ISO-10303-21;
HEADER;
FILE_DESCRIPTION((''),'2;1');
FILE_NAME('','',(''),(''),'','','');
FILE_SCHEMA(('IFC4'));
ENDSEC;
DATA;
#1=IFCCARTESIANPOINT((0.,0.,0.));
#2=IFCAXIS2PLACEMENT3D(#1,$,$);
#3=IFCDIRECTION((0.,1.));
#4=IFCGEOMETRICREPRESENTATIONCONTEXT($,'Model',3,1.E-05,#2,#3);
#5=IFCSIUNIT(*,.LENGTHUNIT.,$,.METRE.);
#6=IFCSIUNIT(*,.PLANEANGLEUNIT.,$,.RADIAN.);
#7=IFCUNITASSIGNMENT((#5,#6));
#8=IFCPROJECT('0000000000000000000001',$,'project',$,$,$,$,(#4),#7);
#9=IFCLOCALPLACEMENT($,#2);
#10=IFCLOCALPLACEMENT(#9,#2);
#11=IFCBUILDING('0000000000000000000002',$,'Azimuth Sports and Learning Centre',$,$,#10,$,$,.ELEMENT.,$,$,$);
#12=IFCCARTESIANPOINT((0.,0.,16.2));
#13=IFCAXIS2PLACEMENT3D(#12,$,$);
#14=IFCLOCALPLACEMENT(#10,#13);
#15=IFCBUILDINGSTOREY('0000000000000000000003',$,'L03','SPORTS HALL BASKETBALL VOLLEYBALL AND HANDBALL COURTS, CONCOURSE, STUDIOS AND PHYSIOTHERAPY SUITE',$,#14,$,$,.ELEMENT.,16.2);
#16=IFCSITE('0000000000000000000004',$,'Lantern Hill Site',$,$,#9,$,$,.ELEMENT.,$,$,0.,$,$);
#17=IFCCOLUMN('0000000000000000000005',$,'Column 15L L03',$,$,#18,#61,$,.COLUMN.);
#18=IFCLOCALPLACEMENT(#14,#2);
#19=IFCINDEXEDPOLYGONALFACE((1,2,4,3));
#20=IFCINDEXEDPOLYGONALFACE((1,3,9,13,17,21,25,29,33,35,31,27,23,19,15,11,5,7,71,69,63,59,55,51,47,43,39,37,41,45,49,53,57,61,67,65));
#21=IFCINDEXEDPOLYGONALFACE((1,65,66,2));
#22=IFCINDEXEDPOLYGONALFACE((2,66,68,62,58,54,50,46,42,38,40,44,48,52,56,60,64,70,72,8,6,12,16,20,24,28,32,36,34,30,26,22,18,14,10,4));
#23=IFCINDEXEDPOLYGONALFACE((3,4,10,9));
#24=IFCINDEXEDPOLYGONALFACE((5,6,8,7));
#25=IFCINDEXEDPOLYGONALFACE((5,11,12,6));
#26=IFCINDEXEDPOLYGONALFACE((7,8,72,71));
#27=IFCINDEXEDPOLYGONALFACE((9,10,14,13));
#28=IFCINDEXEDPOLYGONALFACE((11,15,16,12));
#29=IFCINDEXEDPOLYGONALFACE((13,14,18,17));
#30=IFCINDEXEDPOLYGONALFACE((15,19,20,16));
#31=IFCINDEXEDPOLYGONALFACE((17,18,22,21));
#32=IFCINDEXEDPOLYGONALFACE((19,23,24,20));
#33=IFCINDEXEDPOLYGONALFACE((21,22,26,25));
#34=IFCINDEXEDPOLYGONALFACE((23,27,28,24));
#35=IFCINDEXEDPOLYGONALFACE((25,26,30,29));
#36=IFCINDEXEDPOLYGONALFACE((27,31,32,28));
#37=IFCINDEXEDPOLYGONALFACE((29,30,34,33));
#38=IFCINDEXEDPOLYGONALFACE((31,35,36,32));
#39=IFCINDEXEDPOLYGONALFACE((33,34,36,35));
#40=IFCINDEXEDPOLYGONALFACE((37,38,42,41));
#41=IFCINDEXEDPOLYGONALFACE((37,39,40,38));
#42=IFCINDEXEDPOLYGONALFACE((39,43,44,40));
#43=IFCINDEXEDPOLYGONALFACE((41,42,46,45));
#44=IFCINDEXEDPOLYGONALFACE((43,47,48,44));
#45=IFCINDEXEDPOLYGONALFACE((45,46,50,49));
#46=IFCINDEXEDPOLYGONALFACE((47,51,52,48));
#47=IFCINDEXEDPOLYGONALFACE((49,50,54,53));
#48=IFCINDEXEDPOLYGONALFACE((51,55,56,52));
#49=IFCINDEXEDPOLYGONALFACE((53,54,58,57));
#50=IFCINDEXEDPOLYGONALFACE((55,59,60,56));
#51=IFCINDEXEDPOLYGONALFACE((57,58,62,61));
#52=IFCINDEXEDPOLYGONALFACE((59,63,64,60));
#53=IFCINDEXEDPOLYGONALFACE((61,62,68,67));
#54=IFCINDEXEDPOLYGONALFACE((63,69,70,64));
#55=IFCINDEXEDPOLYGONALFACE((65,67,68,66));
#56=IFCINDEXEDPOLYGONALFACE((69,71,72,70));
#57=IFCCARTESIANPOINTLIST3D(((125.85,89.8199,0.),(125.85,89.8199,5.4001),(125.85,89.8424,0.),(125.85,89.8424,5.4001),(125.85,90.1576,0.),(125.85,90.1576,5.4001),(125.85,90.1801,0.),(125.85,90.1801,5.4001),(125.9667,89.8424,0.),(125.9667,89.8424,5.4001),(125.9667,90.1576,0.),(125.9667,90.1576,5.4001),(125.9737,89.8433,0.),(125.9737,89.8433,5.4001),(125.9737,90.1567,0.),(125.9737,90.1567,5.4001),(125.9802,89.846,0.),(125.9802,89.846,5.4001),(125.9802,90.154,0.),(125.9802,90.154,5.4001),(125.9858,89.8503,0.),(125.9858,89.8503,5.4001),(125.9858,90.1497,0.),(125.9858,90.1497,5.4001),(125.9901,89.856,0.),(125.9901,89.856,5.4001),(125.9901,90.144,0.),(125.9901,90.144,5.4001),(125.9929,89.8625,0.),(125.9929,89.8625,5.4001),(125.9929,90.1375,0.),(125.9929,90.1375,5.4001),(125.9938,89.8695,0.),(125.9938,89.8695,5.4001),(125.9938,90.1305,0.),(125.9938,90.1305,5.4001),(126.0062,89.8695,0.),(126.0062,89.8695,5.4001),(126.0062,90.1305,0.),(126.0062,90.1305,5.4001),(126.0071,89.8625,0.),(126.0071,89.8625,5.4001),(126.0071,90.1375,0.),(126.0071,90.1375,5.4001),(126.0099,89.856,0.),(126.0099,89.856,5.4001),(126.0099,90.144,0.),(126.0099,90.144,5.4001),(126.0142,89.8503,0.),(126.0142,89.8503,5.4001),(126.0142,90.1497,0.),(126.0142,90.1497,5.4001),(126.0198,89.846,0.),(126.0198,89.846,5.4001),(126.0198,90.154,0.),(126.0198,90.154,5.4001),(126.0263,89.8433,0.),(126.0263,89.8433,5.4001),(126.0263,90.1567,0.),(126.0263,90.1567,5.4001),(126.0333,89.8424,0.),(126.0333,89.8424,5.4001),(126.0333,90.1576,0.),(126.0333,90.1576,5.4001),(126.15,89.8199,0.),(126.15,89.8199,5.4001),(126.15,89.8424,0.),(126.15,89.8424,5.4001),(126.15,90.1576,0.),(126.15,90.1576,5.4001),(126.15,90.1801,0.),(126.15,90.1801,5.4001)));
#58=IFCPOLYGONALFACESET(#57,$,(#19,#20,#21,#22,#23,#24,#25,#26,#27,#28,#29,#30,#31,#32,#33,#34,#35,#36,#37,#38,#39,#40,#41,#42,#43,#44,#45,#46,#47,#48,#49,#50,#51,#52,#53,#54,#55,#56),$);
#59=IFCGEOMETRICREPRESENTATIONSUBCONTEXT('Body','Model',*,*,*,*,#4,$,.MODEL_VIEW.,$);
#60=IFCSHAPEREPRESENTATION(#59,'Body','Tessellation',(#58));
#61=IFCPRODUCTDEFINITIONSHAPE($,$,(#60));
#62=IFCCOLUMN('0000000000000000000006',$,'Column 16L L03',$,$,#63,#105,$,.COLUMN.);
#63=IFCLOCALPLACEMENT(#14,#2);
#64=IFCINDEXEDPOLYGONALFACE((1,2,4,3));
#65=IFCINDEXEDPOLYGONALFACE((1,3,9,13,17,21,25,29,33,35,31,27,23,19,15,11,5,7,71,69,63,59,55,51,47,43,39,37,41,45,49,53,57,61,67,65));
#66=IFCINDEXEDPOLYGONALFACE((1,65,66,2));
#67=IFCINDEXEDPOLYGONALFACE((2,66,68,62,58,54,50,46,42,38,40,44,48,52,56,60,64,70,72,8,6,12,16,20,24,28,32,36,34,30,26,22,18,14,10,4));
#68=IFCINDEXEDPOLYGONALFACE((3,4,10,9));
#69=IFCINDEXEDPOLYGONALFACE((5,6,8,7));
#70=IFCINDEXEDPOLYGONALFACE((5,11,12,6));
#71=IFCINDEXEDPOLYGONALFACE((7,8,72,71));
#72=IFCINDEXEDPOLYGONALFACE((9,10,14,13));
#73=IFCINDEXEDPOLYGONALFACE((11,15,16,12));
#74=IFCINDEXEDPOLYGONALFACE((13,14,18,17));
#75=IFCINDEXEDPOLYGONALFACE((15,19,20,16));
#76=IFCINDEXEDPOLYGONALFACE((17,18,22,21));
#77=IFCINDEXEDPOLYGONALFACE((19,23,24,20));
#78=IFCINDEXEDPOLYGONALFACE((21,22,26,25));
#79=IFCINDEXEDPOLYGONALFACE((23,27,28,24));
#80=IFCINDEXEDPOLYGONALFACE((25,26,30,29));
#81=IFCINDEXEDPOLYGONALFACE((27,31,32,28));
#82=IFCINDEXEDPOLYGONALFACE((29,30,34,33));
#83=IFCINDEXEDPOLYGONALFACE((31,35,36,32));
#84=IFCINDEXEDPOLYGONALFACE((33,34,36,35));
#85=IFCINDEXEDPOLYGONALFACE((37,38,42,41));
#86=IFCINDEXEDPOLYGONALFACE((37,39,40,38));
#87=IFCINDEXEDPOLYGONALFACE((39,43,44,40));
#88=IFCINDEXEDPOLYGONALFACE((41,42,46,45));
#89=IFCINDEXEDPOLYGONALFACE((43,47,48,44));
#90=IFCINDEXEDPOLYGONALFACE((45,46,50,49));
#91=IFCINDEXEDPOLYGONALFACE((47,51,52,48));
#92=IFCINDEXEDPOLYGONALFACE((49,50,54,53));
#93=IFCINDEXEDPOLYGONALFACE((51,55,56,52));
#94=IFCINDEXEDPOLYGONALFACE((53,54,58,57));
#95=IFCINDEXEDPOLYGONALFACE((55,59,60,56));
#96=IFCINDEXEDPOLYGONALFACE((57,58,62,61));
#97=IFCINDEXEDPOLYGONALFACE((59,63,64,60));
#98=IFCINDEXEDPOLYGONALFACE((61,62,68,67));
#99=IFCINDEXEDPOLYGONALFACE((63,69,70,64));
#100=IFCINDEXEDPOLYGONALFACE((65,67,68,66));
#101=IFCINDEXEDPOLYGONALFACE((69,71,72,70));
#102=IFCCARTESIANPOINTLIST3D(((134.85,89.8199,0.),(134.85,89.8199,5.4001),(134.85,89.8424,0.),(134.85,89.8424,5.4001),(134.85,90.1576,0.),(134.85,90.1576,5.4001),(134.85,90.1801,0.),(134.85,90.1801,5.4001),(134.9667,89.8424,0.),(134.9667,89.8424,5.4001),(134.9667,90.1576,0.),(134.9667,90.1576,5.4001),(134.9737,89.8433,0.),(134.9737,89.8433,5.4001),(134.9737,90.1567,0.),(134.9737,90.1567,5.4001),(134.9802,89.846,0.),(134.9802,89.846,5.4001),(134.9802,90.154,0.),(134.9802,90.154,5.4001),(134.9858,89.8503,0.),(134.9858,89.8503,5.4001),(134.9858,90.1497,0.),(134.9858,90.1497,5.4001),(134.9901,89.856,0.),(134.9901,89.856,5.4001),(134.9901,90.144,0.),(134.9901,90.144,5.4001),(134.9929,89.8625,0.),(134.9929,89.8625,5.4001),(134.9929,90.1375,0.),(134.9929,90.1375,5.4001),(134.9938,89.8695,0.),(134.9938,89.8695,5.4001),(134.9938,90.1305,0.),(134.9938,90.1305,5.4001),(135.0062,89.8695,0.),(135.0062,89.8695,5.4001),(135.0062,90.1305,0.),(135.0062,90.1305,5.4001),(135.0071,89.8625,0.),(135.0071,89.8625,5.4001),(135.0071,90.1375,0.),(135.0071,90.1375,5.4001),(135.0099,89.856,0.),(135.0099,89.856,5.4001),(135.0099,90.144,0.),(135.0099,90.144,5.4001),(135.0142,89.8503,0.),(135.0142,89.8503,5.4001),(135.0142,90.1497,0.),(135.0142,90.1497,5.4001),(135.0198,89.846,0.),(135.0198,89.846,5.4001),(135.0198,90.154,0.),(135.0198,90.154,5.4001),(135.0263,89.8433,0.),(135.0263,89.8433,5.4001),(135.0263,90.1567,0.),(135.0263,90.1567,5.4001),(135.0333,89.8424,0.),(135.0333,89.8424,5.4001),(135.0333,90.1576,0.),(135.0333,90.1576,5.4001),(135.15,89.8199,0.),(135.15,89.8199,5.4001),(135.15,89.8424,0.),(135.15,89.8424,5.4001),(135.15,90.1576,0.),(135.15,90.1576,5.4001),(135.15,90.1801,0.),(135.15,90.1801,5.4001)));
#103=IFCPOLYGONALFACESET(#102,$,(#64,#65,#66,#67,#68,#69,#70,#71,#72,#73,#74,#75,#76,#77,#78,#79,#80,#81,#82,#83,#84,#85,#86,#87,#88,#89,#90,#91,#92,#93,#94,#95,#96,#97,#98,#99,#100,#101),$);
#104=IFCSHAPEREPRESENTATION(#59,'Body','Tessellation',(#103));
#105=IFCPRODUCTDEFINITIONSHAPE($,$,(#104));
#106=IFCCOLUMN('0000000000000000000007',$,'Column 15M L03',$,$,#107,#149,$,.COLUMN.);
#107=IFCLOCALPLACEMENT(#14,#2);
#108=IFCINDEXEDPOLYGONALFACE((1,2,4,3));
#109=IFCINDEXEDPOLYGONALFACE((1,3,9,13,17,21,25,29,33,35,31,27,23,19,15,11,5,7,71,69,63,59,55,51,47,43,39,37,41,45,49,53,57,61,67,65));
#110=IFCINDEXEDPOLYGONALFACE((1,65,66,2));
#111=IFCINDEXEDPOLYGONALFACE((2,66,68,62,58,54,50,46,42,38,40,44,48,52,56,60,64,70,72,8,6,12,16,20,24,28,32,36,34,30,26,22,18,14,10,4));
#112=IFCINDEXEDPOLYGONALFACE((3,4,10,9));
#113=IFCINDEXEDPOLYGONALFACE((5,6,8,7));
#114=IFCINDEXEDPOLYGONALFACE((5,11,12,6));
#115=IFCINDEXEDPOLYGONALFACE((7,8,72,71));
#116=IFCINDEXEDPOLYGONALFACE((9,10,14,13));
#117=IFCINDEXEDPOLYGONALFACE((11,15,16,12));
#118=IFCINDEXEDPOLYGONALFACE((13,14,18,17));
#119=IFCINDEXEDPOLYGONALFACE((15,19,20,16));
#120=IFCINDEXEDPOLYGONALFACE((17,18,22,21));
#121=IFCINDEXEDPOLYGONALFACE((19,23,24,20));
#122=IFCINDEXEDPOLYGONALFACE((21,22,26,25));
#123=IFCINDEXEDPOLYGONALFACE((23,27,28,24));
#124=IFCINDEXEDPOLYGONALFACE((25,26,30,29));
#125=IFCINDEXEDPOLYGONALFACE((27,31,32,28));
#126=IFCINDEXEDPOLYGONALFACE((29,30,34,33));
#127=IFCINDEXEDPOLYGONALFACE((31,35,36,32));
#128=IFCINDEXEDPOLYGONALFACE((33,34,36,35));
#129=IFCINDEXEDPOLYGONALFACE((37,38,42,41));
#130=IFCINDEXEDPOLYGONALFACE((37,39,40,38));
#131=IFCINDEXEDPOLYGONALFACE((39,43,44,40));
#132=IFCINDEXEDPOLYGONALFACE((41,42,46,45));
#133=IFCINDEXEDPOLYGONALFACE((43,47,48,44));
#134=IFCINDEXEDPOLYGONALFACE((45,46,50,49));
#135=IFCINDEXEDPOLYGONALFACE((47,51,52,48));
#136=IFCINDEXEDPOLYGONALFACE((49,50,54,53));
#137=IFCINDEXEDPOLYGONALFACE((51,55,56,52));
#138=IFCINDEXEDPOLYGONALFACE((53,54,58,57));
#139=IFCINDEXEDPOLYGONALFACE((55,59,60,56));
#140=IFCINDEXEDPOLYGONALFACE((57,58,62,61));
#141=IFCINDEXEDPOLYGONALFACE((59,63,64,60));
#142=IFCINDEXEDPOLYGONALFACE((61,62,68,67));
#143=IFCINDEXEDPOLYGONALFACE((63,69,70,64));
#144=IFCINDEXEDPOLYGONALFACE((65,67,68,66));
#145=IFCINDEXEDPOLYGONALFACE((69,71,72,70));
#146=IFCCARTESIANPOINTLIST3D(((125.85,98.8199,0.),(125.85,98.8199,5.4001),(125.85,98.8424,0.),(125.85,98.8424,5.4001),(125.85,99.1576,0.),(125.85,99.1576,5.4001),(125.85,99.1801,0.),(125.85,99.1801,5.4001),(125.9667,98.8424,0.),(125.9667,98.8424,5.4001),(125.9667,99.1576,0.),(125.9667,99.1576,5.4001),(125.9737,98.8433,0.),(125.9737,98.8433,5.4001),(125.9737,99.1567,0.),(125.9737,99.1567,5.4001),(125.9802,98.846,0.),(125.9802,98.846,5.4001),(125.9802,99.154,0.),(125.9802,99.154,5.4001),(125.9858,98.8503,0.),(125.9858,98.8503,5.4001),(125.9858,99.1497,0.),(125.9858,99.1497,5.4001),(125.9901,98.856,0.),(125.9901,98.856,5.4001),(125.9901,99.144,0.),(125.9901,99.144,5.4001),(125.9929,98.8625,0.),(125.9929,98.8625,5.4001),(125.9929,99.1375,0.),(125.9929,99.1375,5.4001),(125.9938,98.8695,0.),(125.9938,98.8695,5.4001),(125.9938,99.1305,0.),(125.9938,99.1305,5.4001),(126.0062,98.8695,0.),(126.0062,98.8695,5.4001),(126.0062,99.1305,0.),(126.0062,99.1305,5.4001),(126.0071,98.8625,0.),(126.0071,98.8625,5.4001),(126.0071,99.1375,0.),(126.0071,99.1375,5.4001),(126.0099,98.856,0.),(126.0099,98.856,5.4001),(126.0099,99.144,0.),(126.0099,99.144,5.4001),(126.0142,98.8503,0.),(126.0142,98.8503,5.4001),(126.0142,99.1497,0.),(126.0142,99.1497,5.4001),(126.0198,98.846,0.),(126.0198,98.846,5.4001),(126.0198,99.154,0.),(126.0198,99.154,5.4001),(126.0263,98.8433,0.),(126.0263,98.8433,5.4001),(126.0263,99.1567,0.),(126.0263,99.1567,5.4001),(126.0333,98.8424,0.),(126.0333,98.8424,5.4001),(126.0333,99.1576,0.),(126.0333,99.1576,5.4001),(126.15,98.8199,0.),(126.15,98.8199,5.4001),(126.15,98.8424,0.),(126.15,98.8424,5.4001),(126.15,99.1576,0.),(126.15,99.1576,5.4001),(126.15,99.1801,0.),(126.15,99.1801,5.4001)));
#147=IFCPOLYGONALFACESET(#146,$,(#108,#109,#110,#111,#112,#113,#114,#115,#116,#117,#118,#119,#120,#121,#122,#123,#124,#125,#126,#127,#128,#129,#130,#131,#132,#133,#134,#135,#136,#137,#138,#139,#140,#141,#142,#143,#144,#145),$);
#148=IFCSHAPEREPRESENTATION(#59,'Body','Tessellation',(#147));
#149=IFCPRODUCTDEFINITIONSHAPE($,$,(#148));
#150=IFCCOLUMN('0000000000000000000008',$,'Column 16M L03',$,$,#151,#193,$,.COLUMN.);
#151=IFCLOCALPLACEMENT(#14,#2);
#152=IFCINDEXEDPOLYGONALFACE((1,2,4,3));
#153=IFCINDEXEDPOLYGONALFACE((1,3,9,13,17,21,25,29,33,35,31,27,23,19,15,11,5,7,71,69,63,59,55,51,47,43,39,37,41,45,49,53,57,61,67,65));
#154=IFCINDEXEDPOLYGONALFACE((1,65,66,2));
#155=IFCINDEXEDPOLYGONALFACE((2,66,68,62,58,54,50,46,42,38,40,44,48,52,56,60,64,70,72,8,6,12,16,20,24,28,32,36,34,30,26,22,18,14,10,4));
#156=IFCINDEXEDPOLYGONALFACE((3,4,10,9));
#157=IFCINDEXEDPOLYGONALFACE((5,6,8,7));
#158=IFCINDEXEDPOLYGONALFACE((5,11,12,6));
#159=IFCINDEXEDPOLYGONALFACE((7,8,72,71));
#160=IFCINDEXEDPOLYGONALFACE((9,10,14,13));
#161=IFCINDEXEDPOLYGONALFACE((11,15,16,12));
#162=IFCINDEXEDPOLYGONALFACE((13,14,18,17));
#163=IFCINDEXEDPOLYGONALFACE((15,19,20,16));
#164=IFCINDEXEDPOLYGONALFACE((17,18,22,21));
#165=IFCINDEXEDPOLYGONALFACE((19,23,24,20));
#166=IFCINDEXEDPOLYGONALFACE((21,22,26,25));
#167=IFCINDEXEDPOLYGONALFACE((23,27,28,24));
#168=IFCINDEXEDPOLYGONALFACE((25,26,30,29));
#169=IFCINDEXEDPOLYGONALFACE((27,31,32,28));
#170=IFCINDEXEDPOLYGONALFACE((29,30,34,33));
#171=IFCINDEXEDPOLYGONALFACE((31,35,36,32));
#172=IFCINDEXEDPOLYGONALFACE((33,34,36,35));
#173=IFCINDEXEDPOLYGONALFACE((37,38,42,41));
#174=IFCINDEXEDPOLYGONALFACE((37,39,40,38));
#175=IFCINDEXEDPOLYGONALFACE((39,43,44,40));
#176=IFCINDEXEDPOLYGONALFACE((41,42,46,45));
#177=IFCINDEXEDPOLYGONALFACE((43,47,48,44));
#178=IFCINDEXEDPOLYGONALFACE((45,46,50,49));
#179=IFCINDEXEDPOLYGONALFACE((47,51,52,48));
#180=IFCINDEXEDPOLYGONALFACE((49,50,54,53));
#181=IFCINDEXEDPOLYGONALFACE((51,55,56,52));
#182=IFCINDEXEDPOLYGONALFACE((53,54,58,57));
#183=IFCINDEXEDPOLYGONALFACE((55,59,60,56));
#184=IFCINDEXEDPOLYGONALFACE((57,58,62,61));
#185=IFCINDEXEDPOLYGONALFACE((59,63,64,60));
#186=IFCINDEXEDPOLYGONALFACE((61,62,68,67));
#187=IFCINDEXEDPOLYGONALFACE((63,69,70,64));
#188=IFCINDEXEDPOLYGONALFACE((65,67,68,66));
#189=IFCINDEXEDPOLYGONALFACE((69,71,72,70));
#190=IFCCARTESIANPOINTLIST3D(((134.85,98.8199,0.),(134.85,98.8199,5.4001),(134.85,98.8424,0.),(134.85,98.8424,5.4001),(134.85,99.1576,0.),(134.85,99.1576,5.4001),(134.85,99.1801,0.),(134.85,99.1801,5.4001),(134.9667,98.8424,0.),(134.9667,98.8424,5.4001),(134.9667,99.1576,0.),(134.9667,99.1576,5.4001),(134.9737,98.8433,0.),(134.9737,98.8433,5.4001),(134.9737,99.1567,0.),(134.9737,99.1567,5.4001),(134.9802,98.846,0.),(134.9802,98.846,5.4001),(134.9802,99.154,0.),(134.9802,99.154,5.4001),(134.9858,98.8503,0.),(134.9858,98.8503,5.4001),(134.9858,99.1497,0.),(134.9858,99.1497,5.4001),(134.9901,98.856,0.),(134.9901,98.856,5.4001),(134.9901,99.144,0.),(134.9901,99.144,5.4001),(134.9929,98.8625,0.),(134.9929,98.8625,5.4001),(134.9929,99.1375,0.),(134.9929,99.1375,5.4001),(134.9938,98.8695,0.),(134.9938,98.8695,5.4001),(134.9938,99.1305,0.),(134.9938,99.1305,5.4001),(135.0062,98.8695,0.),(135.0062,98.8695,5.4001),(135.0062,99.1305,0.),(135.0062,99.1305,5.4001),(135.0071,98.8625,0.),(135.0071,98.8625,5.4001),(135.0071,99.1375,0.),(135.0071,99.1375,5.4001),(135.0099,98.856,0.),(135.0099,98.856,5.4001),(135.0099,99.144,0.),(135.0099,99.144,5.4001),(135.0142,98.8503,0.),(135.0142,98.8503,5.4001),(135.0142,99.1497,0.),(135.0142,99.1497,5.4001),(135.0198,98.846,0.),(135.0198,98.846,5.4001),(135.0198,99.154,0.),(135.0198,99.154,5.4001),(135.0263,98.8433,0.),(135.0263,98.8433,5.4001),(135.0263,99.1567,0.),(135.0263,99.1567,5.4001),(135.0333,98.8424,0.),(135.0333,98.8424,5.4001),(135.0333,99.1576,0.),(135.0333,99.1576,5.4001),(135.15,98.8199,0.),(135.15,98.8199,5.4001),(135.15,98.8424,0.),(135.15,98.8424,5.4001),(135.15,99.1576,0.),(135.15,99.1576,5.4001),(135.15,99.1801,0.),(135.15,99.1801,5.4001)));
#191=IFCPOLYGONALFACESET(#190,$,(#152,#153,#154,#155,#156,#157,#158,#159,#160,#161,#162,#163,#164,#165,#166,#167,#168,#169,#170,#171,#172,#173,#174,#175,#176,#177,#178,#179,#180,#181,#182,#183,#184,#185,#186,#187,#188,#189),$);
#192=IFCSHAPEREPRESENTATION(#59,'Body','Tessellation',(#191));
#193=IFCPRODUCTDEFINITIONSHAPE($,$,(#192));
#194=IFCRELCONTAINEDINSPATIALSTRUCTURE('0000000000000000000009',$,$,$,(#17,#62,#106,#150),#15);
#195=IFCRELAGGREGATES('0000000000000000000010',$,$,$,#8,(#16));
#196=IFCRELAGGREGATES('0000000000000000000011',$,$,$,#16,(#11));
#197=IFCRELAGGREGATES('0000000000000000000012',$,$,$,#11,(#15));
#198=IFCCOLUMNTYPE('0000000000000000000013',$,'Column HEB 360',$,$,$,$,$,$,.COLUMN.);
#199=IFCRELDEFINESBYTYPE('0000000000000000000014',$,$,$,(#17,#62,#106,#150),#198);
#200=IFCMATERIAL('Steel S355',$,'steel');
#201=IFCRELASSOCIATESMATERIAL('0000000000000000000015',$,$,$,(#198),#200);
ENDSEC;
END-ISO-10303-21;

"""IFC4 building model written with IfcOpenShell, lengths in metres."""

from ifc_helpers import new_model, si_unit, direction, frame, origin, origin_2d, place, context, subcontext, project, spatial, i_section, extrude, material, material_profile, profile_set, type_object, element, save


model = new_model("IFC4")

# Units and contexts
model_context = context("Model", 3, precision=1e-05, world=origin(), true_north=direction((0.0, 1.0)))
body_context = subcontext(model_context, "Body", "Model", "MODEL_VIEW")
ifc_project = project(units=[si_unit("LENGTHUNIT", "METRE"), si_unit("PLANEANGLEUNIT", "RADIAN")], contexts=[model_context])

# Site, building, storey
site_placement = place(None, origin())
site = spatial("IfcSite", under=ifc_project, at=site_placement, Name="Lantern Hill Site", CompositionType="ELEMENT", RefElevation=0.0)
building_placement = place(site_placement, origin())
building = spatial("IfcBuilding", under=site, at=building_placement, Name="Azimuth Sports and Learning Centre", CompositionType="ELEMENT")
storey_placement = place(building_placement, frame((0.0, 0.0, 16.2)))
storey = spatial("IfcBuildingStorey", under=building, at=storey_placement, Name="L03", Description="SPORTS HALL BASKETBALL VOLLEYBALL AND HANDBALL COURTS, CONCOURSE, STUDIOS AND PHYSIOTHERAPY SUITE", CompositionType="ELEMENT", Elevation=16.2)

# Columns
ifc_material_1 = material(Name="Steel S355", Category="steel")
ifc_material_profile_1 = material_profile(ifc_material_1, i_section(OverallWidth=0.3, OverallDepth=0.3601, WebThickness=0.0125, FlangeThickness=0.0225, FilletRadius=0.0271, at=origin_2d()), Name="HEB 360")
ifc_profile_set_1 = profile_set([ifc_material_profile_1], Name="Steel S355")
column_type = type_object("IfcColumnType", Name="Column HEB 360", PredefinedType="COLUMN", material=ifc_profile_set_1)
for number, where, z_axis, x_axis, name in (
    (1, (126.0, 90.0, 0.0), (0.0, 0.0, 1.0), (1.0, 0.0, 0.0), "Column 15L L03"),
    (2, (135.0, 90.0, 0.0), (0.0, 0.0, 1.0), (1.0, 0.0, 0.0), "Column 16L L03"),
    (3, (126.0, 99.0, 0.0), (0.0, 0.0, 1.0), (1.0, 0.0, 0.0), "Column 15M L03"),
    (4, (135.0, 99.0, 0.0), (0.0, 0.0, 1.0), (1.0, 0.0, 0.0), "Column 16M L03"),
):
    element("IfcColumn", number, at=place(storey_placement, frame(where, z_axis=z_axis, x_axis=x_axis)), inside=storey, type_object=column_type, Name=name, PredefinedType="COLUMN", context=body_context, shape_type="SweptSolid", body=[
        extrude(i_section(OverallWidth=0.3, OverallDepth=0.3601, WebThickness=0.0125, FlangeThickness=0.0225, FilletRadius=0.0271, at=origin_2d()), origin(), (0.0, 0.0, 1.0), 5.4001),
    ])

save(model, "model.ifc")
